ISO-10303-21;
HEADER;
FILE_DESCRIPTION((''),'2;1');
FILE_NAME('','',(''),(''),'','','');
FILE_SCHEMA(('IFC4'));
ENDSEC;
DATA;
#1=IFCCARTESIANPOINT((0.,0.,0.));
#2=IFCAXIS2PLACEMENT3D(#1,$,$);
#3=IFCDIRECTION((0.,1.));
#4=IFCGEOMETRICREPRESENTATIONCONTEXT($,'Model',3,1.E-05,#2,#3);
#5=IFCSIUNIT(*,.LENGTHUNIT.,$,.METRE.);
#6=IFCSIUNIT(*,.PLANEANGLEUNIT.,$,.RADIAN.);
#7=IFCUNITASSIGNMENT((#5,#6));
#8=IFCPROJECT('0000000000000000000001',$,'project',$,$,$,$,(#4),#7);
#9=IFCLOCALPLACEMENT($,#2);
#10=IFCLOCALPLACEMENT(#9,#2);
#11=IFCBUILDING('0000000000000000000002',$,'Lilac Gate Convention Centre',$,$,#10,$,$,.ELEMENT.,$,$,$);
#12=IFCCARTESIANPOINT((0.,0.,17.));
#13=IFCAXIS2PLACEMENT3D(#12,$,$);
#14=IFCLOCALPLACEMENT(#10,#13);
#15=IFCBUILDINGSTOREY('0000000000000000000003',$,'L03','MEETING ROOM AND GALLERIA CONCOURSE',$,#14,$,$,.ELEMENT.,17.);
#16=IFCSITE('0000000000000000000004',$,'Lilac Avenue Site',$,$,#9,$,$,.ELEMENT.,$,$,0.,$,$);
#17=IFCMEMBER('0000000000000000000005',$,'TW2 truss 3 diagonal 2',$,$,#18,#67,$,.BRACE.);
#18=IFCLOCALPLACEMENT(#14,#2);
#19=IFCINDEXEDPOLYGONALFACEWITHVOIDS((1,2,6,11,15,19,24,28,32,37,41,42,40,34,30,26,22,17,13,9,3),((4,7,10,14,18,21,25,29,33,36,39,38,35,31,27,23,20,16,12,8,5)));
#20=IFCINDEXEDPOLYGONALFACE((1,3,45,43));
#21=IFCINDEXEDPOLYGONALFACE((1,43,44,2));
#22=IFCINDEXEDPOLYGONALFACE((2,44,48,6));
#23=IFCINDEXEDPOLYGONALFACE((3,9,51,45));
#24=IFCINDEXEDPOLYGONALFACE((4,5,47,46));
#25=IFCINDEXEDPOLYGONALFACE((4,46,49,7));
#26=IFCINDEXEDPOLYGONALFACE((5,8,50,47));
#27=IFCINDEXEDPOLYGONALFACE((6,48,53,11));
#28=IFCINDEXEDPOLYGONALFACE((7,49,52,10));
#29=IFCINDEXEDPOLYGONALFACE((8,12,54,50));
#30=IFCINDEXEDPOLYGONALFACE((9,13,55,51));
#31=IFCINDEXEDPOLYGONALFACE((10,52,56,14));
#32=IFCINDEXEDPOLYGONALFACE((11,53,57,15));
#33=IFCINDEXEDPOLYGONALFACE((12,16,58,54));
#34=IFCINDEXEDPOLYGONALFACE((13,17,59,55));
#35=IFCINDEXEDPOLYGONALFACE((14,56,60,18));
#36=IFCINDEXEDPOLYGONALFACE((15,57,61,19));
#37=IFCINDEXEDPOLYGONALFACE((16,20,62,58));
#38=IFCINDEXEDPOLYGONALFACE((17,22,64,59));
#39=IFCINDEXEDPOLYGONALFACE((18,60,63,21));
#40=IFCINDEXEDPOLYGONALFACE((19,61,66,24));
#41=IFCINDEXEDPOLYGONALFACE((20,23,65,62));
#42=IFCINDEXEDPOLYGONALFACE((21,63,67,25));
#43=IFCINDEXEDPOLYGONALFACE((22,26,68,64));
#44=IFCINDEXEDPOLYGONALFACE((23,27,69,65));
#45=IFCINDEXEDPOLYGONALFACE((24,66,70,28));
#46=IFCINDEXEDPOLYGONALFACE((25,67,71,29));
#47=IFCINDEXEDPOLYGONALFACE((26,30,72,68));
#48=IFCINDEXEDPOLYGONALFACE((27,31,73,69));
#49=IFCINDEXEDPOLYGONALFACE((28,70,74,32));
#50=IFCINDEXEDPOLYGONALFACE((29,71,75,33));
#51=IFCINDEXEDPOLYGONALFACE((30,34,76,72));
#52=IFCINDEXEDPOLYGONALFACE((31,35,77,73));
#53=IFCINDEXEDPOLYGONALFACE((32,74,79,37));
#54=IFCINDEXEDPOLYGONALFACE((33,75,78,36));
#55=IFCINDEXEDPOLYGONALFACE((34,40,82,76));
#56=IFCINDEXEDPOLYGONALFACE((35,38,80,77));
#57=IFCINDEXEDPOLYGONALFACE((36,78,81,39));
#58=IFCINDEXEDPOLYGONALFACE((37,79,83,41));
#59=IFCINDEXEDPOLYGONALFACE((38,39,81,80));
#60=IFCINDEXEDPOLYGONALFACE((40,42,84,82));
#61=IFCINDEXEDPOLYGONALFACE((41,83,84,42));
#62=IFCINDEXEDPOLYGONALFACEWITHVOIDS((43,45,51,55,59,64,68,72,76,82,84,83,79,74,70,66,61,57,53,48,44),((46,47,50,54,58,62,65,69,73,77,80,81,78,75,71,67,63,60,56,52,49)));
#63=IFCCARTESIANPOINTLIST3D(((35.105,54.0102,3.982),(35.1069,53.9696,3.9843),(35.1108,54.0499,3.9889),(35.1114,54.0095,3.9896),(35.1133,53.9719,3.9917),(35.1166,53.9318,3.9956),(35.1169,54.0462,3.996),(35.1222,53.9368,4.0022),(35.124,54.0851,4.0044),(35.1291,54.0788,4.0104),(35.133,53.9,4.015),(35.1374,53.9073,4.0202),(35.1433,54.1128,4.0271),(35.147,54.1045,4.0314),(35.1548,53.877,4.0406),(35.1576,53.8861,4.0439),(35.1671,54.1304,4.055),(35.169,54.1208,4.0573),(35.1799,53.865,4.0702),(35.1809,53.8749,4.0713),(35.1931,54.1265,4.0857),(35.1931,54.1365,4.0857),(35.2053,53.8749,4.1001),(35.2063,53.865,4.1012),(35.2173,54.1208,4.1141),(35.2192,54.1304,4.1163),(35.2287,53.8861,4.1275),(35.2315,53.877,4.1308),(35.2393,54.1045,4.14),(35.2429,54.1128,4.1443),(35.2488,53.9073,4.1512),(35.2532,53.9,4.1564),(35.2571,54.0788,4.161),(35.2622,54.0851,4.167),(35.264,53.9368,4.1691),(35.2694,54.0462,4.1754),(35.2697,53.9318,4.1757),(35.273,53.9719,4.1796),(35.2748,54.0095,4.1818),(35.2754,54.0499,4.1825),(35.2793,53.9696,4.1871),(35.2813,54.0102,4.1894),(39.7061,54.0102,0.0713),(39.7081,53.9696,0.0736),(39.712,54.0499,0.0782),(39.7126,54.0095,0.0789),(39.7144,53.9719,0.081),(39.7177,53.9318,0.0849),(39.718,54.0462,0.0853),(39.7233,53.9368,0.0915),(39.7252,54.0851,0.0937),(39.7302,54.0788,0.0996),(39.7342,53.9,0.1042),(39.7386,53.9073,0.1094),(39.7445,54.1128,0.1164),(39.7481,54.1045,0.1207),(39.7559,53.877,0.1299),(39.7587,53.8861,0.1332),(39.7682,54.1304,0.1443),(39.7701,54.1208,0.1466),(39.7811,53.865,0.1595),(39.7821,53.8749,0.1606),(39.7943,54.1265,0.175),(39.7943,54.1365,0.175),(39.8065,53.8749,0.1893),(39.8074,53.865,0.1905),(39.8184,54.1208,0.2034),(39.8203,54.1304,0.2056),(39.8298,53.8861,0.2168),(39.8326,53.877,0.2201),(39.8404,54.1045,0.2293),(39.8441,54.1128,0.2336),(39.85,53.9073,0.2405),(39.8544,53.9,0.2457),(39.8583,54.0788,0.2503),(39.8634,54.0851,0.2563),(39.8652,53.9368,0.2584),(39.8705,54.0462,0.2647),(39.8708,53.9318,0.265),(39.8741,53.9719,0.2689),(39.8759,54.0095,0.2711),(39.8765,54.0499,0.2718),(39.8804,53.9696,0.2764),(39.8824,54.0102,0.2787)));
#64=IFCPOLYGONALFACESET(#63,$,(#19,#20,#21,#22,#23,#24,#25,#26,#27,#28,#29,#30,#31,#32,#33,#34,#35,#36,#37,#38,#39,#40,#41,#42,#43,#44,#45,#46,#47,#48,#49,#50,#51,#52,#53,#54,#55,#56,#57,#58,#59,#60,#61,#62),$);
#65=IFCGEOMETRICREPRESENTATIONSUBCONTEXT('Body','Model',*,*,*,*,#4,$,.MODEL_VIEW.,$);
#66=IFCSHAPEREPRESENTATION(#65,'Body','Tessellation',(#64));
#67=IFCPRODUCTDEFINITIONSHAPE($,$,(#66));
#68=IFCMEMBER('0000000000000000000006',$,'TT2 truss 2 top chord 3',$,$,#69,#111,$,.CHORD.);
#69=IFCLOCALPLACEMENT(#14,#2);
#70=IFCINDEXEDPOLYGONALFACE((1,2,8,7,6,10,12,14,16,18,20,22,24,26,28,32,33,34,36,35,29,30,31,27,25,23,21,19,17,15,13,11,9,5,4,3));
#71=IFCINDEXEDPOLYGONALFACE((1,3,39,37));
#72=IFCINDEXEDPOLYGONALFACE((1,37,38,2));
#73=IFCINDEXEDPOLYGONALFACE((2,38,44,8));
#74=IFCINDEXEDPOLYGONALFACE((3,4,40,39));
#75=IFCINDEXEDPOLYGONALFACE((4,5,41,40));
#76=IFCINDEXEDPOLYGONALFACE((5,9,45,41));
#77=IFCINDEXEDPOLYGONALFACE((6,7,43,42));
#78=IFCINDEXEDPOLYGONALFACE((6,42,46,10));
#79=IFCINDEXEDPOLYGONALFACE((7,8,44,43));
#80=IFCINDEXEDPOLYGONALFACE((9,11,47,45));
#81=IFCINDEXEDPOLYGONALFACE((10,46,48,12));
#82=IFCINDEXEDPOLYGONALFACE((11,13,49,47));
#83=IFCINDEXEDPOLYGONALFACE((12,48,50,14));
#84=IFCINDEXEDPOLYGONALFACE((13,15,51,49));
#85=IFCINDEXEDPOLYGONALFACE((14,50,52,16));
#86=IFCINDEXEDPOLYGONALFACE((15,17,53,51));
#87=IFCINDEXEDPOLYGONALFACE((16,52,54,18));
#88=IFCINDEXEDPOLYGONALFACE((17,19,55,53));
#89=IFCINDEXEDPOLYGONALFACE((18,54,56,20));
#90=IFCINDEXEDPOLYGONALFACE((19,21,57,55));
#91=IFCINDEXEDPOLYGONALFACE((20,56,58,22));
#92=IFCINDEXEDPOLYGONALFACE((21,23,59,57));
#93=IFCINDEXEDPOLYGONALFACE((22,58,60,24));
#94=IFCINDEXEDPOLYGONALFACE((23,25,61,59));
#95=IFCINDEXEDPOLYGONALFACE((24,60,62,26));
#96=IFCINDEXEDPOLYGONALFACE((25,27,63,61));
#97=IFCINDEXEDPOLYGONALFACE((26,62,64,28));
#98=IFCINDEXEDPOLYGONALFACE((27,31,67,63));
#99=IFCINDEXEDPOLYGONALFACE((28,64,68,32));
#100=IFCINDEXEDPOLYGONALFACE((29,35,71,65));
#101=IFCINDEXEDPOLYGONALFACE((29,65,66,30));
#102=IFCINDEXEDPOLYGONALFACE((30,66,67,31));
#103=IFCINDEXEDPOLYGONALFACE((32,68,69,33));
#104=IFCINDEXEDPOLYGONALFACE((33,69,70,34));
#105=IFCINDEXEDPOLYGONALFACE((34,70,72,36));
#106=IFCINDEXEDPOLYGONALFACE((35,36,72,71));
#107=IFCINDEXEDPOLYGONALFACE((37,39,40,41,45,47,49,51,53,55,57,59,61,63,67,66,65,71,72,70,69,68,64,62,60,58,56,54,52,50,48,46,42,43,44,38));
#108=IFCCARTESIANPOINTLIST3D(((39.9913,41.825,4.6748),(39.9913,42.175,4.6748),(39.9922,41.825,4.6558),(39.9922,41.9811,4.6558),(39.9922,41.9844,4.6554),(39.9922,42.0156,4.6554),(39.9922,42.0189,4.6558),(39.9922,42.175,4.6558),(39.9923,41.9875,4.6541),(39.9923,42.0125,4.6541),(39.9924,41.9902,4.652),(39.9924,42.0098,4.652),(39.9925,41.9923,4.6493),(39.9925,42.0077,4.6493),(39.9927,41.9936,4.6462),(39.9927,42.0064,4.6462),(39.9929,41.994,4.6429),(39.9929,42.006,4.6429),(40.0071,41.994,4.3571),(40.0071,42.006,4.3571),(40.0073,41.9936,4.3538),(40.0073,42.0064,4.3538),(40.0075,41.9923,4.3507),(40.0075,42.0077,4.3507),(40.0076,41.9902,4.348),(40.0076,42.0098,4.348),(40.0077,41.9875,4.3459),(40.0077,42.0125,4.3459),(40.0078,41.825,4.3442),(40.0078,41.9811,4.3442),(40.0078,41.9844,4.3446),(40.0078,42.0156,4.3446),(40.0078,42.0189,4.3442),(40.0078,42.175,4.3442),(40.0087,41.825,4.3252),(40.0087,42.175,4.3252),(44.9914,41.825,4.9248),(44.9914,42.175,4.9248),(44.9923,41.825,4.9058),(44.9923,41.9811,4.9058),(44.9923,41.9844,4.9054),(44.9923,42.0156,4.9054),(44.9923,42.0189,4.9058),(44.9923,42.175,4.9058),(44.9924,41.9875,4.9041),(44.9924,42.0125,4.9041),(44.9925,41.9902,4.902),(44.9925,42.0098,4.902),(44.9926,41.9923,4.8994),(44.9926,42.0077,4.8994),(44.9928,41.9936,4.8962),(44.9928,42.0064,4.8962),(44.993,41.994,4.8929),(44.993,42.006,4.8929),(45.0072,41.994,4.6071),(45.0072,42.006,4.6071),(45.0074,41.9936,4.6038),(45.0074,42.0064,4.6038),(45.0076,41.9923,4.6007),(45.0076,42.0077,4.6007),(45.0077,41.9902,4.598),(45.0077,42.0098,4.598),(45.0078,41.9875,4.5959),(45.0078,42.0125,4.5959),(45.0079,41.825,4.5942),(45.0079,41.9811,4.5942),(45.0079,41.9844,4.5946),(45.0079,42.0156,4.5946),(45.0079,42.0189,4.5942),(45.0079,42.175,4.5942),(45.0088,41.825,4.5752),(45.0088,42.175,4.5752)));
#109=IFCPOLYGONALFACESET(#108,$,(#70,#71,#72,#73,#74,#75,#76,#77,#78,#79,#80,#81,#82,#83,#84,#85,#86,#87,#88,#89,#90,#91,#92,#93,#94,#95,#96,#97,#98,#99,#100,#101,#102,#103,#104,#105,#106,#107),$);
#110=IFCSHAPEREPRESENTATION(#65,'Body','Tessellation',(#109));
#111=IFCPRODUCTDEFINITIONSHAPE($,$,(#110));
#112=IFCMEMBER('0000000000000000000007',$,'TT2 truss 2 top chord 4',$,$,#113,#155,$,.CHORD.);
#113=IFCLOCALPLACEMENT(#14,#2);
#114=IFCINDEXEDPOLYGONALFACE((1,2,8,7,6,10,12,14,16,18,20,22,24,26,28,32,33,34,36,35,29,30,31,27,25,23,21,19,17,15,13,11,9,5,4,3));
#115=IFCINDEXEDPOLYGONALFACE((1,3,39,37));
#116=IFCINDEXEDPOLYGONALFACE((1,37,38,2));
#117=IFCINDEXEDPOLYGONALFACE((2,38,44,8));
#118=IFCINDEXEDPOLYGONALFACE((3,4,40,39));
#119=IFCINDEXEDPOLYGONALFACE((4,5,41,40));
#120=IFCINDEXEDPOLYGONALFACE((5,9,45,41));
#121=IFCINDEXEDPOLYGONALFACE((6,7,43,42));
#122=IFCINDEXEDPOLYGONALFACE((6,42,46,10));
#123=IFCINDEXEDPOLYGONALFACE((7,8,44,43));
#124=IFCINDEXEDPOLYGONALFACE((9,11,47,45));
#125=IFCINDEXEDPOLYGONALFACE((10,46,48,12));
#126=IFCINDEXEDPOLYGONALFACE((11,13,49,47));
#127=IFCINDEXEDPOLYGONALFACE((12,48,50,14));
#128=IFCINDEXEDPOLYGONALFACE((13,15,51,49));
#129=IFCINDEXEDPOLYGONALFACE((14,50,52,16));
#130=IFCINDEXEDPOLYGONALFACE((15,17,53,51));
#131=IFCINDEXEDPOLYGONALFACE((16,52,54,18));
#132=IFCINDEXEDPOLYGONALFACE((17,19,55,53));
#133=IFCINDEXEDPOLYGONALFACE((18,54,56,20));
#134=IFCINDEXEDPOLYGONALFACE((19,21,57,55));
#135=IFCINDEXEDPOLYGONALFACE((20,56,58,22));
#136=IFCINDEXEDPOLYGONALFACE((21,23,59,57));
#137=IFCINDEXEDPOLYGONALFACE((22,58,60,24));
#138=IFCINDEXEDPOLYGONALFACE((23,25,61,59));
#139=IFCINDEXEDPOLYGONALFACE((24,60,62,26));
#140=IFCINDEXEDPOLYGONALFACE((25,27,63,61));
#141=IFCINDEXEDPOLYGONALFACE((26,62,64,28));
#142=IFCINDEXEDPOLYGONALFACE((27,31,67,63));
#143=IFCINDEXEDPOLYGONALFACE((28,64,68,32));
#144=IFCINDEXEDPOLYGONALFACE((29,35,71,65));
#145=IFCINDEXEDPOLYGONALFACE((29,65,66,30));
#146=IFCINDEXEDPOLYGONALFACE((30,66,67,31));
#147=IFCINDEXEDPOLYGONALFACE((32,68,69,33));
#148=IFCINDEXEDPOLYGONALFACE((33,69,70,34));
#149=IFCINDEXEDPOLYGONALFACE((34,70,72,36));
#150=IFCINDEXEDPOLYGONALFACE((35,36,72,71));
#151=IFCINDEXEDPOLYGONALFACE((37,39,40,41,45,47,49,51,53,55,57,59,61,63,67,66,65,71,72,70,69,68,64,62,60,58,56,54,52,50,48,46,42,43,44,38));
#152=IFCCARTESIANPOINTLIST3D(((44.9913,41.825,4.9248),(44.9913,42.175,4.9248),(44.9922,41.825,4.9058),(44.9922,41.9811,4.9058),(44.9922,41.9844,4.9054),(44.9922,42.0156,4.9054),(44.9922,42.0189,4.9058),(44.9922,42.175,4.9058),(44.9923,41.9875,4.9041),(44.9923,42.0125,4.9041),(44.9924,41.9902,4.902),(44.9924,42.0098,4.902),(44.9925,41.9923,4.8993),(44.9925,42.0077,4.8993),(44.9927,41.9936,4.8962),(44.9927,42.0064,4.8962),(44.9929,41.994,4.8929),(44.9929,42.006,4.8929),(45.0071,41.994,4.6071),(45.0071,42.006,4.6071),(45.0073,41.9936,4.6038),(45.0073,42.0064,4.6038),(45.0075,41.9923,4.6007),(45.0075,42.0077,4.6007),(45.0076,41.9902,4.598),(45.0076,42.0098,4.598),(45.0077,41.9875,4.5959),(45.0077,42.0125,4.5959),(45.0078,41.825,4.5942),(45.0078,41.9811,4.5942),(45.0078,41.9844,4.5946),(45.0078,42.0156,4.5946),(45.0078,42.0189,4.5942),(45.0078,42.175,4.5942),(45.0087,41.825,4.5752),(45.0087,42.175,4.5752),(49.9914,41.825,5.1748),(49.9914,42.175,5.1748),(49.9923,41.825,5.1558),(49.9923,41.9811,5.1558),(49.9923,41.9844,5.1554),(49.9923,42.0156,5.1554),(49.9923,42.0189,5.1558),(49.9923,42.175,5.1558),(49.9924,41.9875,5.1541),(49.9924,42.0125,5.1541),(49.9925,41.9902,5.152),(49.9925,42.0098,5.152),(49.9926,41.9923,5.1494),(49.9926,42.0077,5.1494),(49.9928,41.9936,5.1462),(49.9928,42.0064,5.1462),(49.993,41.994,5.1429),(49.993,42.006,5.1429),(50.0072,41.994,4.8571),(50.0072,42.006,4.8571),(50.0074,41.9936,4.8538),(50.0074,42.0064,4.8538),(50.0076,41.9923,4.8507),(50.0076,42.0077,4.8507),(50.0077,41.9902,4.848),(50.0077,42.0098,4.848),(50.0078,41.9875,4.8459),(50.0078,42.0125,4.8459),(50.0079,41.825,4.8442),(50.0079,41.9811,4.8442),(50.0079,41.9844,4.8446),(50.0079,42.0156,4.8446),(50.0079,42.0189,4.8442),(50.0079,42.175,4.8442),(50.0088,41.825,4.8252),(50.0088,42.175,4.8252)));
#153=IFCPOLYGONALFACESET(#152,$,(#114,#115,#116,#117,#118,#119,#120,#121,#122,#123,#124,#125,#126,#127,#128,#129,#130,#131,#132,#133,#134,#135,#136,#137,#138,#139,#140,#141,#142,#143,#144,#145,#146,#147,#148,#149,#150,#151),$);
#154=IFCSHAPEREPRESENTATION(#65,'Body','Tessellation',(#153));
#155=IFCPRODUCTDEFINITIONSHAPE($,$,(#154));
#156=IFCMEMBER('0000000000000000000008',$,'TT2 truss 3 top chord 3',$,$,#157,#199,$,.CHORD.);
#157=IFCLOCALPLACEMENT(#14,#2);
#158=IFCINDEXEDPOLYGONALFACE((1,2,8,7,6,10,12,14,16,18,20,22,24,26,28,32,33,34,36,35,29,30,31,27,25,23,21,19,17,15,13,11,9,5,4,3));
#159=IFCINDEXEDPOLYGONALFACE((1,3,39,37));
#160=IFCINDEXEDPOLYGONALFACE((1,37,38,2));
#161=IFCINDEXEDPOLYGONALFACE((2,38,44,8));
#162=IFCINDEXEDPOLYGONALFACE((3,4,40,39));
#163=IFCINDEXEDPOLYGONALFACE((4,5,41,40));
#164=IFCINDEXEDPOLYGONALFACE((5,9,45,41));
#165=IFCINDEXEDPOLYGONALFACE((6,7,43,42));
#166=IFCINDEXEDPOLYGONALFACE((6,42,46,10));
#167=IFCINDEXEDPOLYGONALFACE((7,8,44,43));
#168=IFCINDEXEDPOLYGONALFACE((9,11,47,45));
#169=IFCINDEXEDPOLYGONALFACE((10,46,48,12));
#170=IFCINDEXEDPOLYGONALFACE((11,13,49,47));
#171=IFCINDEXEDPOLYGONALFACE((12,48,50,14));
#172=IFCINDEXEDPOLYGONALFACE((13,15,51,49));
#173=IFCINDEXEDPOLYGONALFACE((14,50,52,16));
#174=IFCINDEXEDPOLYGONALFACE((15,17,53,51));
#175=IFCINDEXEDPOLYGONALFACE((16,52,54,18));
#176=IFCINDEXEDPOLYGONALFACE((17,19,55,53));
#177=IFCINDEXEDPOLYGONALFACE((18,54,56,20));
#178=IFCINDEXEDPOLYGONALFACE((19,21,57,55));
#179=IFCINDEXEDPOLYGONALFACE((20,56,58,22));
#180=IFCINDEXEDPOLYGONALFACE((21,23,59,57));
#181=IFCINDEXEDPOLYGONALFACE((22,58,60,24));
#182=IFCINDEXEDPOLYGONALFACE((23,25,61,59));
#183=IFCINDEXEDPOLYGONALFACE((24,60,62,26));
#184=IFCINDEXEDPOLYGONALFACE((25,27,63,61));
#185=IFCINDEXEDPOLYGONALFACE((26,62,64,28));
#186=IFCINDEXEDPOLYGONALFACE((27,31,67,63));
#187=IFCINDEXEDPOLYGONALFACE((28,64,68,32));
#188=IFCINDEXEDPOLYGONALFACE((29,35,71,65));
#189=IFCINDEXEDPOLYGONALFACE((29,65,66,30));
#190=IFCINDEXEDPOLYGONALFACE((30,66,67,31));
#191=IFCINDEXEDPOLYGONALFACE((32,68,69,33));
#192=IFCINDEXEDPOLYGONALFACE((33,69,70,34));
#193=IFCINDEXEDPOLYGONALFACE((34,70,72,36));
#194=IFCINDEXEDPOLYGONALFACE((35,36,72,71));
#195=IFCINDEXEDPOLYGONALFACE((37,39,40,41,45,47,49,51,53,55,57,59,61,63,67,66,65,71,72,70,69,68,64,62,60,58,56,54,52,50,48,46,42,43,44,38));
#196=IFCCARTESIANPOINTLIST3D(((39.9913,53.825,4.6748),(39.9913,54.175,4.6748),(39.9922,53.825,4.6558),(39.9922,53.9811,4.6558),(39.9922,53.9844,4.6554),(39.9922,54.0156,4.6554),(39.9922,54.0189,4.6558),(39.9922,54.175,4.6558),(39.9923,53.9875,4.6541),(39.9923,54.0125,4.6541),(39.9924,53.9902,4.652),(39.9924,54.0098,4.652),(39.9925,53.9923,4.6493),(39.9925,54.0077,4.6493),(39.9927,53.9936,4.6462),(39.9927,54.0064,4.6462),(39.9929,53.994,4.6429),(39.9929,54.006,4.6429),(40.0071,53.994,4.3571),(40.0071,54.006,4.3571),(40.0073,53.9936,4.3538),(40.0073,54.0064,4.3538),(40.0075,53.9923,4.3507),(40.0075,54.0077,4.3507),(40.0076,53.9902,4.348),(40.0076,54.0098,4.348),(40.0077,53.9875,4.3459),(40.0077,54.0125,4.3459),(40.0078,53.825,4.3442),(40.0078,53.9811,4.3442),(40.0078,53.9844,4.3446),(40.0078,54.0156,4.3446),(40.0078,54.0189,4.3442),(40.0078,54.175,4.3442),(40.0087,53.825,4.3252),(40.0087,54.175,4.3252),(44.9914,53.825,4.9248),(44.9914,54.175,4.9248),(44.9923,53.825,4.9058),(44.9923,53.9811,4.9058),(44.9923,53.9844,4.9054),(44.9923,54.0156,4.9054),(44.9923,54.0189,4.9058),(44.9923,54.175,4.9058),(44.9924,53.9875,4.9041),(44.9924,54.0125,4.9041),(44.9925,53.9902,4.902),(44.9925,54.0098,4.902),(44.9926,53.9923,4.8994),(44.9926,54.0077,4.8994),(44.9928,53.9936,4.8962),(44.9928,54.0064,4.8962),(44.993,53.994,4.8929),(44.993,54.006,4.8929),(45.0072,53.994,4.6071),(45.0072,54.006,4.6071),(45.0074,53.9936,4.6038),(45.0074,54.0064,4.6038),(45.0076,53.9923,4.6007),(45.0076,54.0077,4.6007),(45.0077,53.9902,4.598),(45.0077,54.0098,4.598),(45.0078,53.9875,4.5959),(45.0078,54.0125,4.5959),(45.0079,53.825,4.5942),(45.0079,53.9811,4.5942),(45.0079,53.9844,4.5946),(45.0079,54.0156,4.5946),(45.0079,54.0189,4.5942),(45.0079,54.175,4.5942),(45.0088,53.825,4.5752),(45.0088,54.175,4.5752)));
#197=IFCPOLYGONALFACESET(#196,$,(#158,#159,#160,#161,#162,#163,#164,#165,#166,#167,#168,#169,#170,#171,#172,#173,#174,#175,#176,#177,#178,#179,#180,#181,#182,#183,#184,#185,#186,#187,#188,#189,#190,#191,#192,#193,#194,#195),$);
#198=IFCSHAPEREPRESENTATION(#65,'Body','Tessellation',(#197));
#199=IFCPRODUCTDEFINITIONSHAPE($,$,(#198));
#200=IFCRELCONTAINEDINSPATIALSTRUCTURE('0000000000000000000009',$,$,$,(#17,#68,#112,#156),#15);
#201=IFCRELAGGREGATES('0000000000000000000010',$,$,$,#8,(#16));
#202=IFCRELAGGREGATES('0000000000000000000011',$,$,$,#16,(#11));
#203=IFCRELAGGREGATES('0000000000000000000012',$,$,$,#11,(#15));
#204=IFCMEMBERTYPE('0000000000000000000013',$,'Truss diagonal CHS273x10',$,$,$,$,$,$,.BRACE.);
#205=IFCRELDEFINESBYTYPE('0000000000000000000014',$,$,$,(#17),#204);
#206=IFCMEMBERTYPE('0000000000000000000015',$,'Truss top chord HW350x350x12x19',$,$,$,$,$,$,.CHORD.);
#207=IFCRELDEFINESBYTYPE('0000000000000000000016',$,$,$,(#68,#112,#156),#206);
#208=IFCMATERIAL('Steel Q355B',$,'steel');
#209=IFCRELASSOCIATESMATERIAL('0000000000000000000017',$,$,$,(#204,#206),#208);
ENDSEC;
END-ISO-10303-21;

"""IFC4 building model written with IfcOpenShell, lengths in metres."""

from ifc_helpers import new_model, si_unit, direction, frame, origin, origin_2d, place, context, subcontext, project, spatial, hollow_circle, i_section, extrude, material, material_profile, profile_set, type_object, element, save


model = new_model("IFC4")

# Units and contexts
model_context = context("Model", 3, precision=1e-05, world=origin(), true_north=direction((0.0, 1.0)))
body_context = subcontext(model_context, "Body", "Model", "MODEL_VIEW")
ifc_project = project(units=[si_unit("LENGTHUNIT", "METRE"), si_unit("PLANEANGLEUNIT", "RADIAN")], contexts=[model_context])

# Site, building, storey
site_placement = place(None, origin())
site = spatial("IfcSite", under=ifc_project, at=site_placement, Name="Lilac Avenue Site", CompositionType="ELEMENT", RefElevation=0.0)
building_placement = place(site_placement, origin())
building = spatial("IfcBuilding", under=site, at=building_placement, Name="Lilac Gate Convention Centre", CompositionType="ELEMENT")
storey_placement = place(building_placement, frame((0.0, 0.0, 17.0)))
storey = spatial("IfcBuildingStorey", under=building, at=storey_placement, Name="L03", Description="MEETING ROOM AND GALLERIA CONCOURSE", CompositionType="ELEMENT", Elevation=17.0)

# Members
ifc_material = material(Name="Steel Q355B", Category="steel")
ifc_material_profile_1 = material_profile(ifc_material, hollow_circle(Radius=0.1365, WallThickness=0.01, at=origin_2d()), Name="CHS273x10")
ifc_profile_set_1 = profile_set([ifc_material_profile_1], Name="Steel Q355B")
member_type_1 = type_object("IfcMemberType", Name="Truss diagonal CHS273x10", PredefinedType="BRACE", material=ifc_profile_set_1)
member_1_placement = place(storey_placement, frame((35.1931, 54.0, 4.0857), z_axis=(0.761961, 0.0, -0.647623), x_axis=(0.0, 1.0, 0.0)))
element("IfcMember", 1, at=member_1_placement, inside=storey, type_object=member_type_1, Name="TW2 truss 3 diagonal 2", PredefinedType="BRACE", context=body_context, shape_type="SweptSolid", body=[
    extrude(hollow_circle(Radius=0.1365, WallThickness=0.01, at=origin_2d()), origin(), (0.0, 0.0, 1.0), 6.0386),
])
ifc_material_profile_2 = material_profile(ifc_material, i_section(OverallWidth=0.3501, OverallDepth=0.3501, WebThickness=0.012, FlangeThickness=0.019, FilletRadius=0.0129, at=origin_2d()), Name="HW350x350x12x19")
ifc_profile_set_2 = profile_set([ifc_material_profile_2], Name="Steel Q355B")
member_type_2 = type_object("IfcMemberType", Name="Truss top chord HW350x350x12x19", PredefinedType="CHORD", material=ifc_profile_set_2)
for number, where, z_axis, x_axis, name in (
    (2, (40.0, 42.0, 4.5), (0.998752, 0.0, 0.049938), (0.0, 1.0, 0.0), "TT2 truss 2 top chord 3"),
    (3, (45.0, 42.0, 4.75), (0.998752, 0.0, 0.049938), (0.0, 1.0, 0.0), "TT2 truss 2 top chord 4"),
    (4, (40.0, 54.0, 4.5), (0.998752, 0.0, 0.049938), (0.0, 1.0, 0.0), "TT2 truss 3 top chord 3"),
):
    element("IfcMember", number, at=place(storey_placement, frame(where, z_axis=z_axis, x_axis=x_axis)), inside=storey, type_object=member_type_2, Name=name, PredefinedType="CHORD", context=body_context, shape_type="SweptSolid", body=[
        extrude(i_section(OverallWidth=0.3501, OverallDepth=0.3501, WebThickness=0.012, FlangeThickness=0.019, FilletRadius=0.0129, at=origin_2d()), origin(), (0.0, 0.0, 1.0), 5.0063),
    ])

save(model, "model.ifc")
